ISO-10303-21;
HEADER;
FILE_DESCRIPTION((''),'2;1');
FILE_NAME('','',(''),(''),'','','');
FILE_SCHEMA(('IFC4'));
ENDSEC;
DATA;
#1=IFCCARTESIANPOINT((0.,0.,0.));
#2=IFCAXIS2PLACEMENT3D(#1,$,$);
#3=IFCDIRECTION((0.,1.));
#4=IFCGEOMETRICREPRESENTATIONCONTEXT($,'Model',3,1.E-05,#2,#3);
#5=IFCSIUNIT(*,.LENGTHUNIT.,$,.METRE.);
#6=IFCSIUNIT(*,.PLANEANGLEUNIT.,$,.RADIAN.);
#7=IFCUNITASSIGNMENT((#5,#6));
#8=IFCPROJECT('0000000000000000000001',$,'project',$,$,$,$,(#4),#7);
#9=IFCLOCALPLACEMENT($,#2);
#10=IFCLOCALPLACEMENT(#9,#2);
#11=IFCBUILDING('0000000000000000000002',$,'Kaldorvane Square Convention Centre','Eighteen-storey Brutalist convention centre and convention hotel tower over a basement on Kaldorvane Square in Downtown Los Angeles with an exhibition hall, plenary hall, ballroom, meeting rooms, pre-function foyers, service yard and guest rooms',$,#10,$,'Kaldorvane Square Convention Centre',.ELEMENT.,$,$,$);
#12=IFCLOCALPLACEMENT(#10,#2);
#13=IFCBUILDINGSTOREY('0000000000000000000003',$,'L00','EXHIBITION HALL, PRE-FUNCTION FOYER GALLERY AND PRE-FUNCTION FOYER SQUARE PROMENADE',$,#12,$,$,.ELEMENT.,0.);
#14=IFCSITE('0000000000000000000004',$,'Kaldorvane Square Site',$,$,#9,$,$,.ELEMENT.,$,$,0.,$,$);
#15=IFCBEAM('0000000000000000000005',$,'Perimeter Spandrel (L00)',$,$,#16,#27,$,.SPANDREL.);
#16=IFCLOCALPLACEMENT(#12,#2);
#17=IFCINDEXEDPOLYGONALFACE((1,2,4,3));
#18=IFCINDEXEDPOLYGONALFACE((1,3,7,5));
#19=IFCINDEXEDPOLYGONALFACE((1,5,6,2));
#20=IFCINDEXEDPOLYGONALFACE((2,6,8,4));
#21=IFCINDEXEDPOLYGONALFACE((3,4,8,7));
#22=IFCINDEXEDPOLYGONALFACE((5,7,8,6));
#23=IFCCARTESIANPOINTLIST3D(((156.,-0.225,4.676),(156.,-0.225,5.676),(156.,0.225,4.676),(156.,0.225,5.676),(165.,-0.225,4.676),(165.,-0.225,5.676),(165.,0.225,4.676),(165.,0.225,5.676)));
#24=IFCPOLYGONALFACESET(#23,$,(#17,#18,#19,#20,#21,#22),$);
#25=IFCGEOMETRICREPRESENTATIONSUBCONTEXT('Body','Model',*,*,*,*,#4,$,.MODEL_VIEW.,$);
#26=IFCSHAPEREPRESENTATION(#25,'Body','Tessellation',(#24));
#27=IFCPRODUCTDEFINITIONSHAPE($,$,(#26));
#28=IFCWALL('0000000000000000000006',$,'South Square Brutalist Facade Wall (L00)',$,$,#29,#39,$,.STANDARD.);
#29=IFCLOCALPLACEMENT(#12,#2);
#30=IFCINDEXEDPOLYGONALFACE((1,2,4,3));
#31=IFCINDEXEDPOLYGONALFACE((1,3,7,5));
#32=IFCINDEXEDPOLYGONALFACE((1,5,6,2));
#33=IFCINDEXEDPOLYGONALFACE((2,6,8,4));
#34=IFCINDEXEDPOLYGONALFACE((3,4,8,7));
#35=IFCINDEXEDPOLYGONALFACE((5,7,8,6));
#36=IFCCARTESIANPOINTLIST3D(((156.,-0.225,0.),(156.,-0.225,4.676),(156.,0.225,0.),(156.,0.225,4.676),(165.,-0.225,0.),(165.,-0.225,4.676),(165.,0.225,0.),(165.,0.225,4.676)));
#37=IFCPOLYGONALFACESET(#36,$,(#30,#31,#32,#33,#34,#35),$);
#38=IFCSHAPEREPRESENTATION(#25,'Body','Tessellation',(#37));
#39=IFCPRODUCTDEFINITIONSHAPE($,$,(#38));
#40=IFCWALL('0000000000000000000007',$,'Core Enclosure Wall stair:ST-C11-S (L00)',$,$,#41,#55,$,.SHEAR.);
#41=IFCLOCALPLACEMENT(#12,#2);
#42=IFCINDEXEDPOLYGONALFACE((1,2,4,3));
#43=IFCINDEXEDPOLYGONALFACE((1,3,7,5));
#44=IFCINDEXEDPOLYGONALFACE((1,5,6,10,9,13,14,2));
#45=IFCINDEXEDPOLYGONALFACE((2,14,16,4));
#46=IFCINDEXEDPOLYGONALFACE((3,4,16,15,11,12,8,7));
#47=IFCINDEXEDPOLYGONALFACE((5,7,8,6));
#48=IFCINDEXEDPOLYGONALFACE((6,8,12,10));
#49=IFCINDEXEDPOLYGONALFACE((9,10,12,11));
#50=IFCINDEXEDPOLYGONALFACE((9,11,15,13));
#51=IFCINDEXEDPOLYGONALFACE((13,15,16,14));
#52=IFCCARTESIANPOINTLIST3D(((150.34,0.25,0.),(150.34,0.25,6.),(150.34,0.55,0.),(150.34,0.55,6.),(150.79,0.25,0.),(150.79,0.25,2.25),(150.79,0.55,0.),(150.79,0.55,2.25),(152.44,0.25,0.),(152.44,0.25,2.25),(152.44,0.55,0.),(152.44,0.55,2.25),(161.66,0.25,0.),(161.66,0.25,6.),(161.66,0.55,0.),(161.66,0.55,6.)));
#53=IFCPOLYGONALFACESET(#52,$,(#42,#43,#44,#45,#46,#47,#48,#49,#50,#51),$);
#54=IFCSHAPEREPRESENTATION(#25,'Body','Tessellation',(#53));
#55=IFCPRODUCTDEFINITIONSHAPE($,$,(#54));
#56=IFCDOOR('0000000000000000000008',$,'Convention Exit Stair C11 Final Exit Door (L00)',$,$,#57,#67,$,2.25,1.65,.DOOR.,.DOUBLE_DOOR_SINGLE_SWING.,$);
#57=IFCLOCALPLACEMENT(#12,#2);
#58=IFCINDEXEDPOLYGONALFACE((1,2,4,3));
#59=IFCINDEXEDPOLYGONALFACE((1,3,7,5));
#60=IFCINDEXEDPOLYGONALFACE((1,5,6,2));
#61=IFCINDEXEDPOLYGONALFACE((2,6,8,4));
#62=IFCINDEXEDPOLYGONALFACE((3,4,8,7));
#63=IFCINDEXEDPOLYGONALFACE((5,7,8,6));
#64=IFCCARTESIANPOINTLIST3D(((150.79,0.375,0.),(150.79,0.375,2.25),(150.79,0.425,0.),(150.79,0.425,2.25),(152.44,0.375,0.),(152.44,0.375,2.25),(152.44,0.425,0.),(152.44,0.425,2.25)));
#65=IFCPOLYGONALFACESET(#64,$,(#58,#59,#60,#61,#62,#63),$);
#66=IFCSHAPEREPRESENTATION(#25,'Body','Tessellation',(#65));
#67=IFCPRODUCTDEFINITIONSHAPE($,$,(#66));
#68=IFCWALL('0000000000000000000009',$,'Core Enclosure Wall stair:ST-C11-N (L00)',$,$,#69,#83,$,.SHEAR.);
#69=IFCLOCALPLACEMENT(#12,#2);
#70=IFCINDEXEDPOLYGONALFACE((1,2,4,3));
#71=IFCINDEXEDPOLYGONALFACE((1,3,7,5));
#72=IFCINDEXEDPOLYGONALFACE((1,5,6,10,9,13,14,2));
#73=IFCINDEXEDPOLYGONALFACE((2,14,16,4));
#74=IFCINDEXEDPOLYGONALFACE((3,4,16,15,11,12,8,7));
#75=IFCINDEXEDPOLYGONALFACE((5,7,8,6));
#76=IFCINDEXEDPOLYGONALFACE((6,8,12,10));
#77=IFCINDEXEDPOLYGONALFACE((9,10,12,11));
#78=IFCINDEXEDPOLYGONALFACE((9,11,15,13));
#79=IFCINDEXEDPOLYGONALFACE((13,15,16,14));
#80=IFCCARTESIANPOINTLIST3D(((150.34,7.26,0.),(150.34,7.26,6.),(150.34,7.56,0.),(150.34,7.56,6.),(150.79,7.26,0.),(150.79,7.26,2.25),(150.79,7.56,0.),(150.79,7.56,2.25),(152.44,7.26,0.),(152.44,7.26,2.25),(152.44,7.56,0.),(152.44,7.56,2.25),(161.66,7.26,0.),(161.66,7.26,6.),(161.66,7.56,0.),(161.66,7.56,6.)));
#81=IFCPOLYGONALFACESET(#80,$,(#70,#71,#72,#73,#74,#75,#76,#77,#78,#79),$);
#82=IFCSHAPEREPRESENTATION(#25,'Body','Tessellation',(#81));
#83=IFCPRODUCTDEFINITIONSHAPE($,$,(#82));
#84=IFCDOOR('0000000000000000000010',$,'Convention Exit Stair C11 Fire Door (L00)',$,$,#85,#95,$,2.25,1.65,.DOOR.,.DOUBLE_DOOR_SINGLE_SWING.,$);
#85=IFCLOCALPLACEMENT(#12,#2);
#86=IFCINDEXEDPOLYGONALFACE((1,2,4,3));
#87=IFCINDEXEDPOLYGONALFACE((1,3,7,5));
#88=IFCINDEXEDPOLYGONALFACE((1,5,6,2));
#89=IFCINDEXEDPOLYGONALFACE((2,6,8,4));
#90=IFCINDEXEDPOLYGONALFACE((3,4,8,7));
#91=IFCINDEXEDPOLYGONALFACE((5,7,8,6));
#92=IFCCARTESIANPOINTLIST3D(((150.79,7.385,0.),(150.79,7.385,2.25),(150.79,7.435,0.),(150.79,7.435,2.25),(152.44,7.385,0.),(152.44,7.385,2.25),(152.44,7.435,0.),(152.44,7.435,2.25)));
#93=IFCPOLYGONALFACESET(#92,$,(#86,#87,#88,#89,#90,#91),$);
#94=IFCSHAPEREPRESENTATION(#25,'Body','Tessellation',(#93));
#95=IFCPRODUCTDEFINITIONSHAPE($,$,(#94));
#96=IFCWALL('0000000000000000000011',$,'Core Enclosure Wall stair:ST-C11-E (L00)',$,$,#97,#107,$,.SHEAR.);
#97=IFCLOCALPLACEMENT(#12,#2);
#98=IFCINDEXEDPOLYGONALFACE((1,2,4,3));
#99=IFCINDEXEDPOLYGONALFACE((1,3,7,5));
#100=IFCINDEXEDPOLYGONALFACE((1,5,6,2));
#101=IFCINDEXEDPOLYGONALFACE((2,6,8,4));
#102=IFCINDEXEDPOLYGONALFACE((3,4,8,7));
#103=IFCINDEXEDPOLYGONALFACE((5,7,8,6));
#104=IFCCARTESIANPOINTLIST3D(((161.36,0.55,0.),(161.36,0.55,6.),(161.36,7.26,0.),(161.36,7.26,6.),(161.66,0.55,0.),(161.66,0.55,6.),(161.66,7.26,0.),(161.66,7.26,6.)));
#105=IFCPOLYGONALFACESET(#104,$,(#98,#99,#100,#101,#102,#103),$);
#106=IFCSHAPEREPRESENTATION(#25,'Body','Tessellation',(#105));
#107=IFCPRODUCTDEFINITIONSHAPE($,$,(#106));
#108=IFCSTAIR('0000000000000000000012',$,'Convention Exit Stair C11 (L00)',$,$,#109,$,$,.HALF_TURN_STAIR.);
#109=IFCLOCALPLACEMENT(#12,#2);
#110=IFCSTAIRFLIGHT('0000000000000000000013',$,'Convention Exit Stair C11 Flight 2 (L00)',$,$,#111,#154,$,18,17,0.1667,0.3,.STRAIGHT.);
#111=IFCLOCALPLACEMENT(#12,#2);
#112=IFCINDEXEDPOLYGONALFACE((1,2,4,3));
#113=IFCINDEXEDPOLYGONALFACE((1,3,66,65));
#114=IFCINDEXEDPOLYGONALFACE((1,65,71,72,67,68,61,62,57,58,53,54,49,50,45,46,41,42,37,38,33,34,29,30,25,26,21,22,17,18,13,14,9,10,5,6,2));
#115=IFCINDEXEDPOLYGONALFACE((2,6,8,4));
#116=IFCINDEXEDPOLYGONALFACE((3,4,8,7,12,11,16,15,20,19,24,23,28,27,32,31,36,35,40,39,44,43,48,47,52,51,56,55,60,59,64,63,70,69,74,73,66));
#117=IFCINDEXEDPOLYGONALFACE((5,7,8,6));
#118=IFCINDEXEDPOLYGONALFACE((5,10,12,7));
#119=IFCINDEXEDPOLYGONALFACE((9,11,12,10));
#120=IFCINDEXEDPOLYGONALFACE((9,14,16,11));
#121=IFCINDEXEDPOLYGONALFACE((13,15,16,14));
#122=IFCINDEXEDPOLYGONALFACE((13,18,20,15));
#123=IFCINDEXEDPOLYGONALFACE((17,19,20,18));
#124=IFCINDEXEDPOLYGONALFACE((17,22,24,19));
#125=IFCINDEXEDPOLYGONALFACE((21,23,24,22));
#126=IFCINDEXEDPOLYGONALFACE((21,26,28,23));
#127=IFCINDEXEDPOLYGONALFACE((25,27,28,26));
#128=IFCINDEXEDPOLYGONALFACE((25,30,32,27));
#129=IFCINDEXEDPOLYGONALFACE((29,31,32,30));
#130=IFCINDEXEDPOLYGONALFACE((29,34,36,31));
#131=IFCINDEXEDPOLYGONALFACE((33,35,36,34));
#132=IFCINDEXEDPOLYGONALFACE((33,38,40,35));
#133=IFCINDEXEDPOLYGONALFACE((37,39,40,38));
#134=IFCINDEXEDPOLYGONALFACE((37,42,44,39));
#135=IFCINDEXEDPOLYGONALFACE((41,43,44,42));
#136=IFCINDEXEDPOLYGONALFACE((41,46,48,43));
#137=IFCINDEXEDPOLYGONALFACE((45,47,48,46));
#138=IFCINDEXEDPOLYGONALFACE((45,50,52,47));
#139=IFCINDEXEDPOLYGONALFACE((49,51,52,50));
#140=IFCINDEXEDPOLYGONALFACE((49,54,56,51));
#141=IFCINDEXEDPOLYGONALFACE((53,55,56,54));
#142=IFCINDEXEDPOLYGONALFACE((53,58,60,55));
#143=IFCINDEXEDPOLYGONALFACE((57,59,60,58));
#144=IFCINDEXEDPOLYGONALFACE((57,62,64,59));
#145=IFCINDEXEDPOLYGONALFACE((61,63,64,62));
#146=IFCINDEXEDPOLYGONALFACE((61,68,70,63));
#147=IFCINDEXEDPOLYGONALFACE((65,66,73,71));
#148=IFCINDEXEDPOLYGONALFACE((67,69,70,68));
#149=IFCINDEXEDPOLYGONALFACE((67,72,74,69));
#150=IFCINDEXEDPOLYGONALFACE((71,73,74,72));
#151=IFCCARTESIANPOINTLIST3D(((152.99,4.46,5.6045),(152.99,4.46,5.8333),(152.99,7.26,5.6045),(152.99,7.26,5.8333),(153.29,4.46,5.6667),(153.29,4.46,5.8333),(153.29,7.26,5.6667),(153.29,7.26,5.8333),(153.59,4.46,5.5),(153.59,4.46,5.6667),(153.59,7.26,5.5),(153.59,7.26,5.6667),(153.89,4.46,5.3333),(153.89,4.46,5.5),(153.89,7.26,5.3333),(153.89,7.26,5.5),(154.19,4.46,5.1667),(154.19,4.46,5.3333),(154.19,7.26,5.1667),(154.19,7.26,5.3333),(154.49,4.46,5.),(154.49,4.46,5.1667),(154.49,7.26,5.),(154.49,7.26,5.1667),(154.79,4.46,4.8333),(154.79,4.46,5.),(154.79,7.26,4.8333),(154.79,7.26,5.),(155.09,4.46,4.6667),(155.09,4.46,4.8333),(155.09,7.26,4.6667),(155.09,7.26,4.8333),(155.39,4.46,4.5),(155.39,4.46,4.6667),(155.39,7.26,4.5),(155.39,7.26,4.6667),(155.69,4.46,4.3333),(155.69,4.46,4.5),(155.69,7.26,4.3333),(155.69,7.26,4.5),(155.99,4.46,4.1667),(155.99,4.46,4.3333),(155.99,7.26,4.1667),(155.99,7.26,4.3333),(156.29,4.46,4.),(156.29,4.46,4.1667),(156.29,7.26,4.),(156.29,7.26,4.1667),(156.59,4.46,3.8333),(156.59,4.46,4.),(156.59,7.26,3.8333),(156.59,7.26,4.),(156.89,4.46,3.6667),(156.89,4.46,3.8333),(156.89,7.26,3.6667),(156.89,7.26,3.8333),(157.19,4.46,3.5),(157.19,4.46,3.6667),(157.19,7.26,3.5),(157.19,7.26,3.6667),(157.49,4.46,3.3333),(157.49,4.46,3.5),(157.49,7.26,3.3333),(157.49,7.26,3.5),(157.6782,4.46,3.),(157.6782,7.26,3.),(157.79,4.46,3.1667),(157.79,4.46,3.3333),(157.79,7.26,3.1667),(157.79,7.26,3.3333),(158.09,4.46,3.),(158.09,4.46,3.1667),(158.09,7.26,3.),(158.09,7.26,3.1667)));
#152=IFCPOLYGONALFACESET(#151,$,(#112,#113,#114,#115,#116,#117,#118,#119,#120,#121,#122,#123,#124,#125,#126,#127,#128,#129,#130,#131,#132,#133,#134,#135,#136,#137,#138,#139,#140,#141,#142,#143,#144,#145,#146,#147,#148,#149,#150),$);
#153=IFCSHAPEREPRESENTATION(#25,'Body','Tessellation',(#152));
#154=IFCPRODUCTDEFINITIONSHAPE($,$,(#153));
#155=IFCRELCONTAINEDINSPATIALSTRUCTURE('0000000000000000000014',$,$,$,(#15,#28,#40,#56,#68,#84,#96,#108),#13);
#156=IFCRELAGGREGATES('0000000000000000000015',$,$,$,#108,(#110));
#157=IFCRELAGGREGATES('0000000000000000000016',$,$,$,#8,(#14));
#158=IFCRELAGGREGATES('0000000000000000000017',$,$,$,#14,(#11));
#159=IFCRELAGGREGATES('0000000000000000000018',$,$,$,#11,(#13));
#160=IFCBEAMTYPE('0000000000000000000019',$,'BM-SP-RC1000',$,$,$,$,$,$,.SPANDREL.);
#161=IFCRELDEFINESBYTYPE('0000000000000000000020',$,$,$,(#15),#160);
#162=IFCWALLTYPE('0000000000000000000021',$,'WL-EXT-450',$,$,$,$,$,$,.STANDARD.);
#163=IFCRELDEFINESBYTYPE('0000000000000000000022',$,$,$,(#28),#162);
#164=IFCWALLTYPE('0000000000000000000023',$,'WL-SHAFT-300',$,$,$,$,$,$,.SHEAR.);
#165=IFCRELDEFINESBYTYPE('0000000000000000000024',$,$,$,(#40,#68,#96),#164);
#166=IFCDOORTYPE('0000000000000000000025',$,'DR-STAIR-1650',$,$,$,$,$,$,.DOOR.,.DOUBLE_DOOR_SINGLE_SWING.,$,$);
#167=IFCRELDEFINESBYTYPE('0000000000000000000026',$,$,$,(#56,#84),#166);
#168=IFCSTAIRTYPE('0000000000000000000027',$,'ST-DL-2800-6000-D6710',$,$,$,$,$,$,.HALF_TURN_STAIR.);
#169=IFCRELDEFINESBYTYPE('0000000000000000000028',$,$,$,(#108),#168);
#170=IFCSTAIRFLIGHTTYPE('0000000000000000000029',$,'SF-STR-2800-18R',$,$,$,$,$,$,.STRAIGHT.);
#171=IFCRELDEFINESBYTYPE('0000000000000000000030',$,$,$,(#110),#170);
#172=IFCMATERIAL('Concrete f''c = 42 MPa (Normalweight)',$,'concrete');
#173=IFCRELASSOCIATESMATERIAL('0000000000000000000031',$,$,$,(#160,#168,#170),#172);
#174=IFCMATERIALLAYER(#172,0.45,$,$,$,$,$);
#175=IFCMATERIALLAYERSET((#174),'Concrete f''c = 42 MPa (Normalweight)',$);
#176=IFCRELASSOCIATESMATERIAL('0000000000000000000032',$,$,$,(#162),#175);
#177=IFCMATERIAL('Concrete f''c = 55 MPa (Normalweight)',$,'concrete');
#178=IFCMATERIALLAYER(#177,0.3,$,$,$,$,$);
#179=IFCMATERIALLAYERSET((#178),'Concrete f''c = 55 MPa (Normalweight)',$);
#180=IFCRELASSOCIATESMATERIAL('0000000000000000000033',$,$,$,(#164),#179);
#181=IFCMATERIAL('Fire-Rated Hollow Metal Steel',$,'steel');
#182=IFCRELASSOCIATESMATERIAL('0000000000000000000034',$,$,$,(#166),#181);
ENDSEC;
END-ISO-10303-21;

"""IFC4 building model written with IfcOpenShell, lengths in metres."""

from ifc_helpers import new_model, si_unit, direction, frame, frame_2d, origin, origin_2d, place, context, subcontext, project, spatial, polyline, rectangle, outline, extrude, material, layer, layer_set, material_profile, profile_set, type_object, element, fill, aggregate, save


model = new_model("IFC4")

# Units and contexts
model_context = context("Model", 3, precision=1e-05, world=origin(), true_north=direction((0.0, 1.0)))
body_context = subcontext(model_context, "Body", "Model", "MODEL_VIEW")
ifc_project = project(units=[si_unit("LENGTHUNIT", "METRE"), si_unit("PLANEANGLEUNIT", "RADIAN")], contexts=[model_context])

# Site, building, storey
site_placement = place(None, origin())
site = spatial("IfcSite", under=ifc_project, at=site_placement, Name="Kaldorvane Square Site", CompositionType="ELEMENT", RefElevation=0.0)
building_placement = place(site_placement, origin())
building = spatial("IfcBuilding", under=site, at=building_placement, Name="Kaldorvane Square Convention Centre", Description="Eighteen-storey Brutalist convention centre and convention hotel tower over a basement on Kaldorvane Square in Downtown Los Angeles with an exhibition hall, plenary hall, ballroom, meeting rooms, pre-function foyers, service yard and guest rooms", LongName="Kaldorvane Square Convention Centre", CompositionType="ELEMENT")
storey_placement = place(building_placement, origin())
storey = spatial("IfcBuildingStorey", under=building, at=storey_placement, Name="L00", Description="EXHIBITION HALL, PRE-FUNCTION FOYER GALLERY AND PRE-FUNCTION FOYER SQUARE PROMENADE", CompositionType="ELEMENT", Elevation=0.0)

# Beam
ifc_material_1 = material(Name="Concrete f'c = 42 MPa (Normalweight)", Category="concrete")
ifc_material_profile_1 = material_profile(ifc_material_1, rectangle(XDim=0.45, YDim=1.0, at=origin_2d()), Name="RCSP1000X450")
ifc_profile_set_1 = profile_set([ifc_material_profile_1], Name="Concrete f'c = 42 MPa (Normalweight)")
beam_type_1 = type_object("IfcBeamType", Name="BM-SP-RC1000", PredefinedType="SPANDREL", material=ifc_profile_set_1)
beam_1_placement = place(storey_placement, frame((156.0, 0.0, 5.176), z_axis=(1.0, 0.0, 0.0), x_axis=(0.0, 1.0, 0.0)))
element("IfcBeam", 1, at=beam_1_placement, inside=storey, type_object=beam_type_1, Name="Perimeter Spandrel (L00)", PredefinedType="SPANDREL", context=body_context, shape_type="SweptSolid", body=[
    extrude(rectangle(XDim=0.45, YDim=1.0, at=origin_2d()), origin(), (0.0, 0.0, 1.0), 9.0),
])

# Wall
ifc_layer_1 = layer(ifc_material_1, 0.45)
ifc_layer_set_1 = layer_set([ifc_layer_1], Name="Concrete f'c = 42 MPa (Normalweight)")
wall_type_1 = type_object("IfcWallType", Name="WL-EXT-450", PredefinedType="STANDARD", material=ifc_layer_set_1)
wall_1_placement = place(storey_placement, frame((156.0, 0.0, 0.0), z_axis=(0.0, 0.0, 1.0), x_axis=(1.0, 0.0, 0.0)))
element("IfcWall", 2, at=wall_1_placement, inside=storey, type_object=wall_type_1, Name="South Square Brutalist Facade Wall (L00)", PredefinedType="STANDARD", context=body_context, shape_type="SweptSolid", body=[
    extrude(rectangle(XDim=9.0, YDim=0.45, at=frame_2d((4.5, 0.0))), origin(), (0.0, 0.0, 1.0), 4.676),
])

# Walls, openings, doors
ifc_material_2 = material(Name="Concrete f'c = 55 MPa (Normalweight)", Category="concrete")
ifc_layer_2 = layer(ifc_material_2, 0.3)
ifc_layer_set_2 = layer_set([ifc_layer_2], Name="Concrete f'c = 55 MPa (Normalweight)")
wall_type_2 = type_object("IfcWallType", Name="WL-SHAFT-300", PredefinedType="SHEAR", material=ifc_layer_set_2)
wall_2_placement = place(storey_placement, frame((161.66, 0.4, 0.0), z_axis=(0.0, 0.0, 1.0), x_axis=(-1.0, 0.0, 0.0)))
wall_2 = element("IfcWall", 3, at=wall_2_placement, inside=storey, type_object=wall_type_2, Name="Core Enclosure Wall stair:ST-C11-S (L00)", PredefinedType="SHEAR", context=body_context, shape_type="SweptSolid", body=[
    extrude(rectangle(XDim=11.32, YDim=0.3, at=frame_2d((5.66, 0.0))), origin(), (0.0, 0.0, 1.0), 6.0),
])
opening_1_placement = place(wall_2_placement, frame((9.22, 0.0, 0.0)))
opening_1 = element("IfcOpeningElement", 4, at=opening_1_placement, cuts=wall_2, PredefinedType="OPENING", context=body_context, shape_type="SweptSolid", body=[
    extrude(rectangle(XDim=1.65, YDim=2.25, at=frame_2d((0.825, 1.125))), frame((0.0, 0.165, 0.0), z_axis=(0.0, -1.0, 0.0), x_axis=(1.0, 0.0, 0.0)), (0.0, 0.0, 1.0), 0.33),
])
ifc_material_3 = material(Name="Fire-Rated Hollow Metal Steel", Category="steel")
door_type = type_object("IfcDoorType", Name="DR-STAIR-1650", OperationType="DOUBLE_DOOR_SINGLE_SWING", PredefinedType="DOOR", material=ifc_material_3)
door_1_placement = place(opening_1_placement, origin())
door_1 = element("IfcDoor", 5, at=door_1_placement, inside=storey, type_object=door_type, Name="Convention Exit Stair C11 Final Exit Door (L00)", OperationType="DOUBLE_DOOR_SINGLE_SWING", OverallHeight=2.25, OverallWidth=1.65, PredefinedType="DOOR", context=body_context, shape_type="SweptSolid", body=[
    extrude(rectangle(XDim=1.65, YDim=2.25, at=frame_2d((0.825, 1.125))), frame((0.0, 0.025, 0.0), z_axis=(0.0, -1.0, 0.0), x_axis=(1.0, 0.0, 0.0)), (0.0, 0.0, 1.0), 0.05),
])
fill(opening_1, door_1)
wall_3_placement = place(storey_placement, frame((161.66, 7.41, 0.0), z_axis=(0.0, 0.0, 1.0), x_axis=(-1.0, 0.0, 0.0)))
wall_3 = element("IfcWall", 6, at=wall_3_placement, inside=storey, type_object=wall_type_2, Name="Core Enclosure Wall stair:ST-C11-N (L00)", PredefinedType="SHEAR", context=body_context, shape_type="SweptSolid", body=[
    extrude(rectangle(XDim=11.32, YDim=0.3, at=frame_2d((5.66, 0.0))), origin(), (0.0, 0.0, 1.0), 6.0),
])
opening_2_placement = place(wall_3_placement, frame((9.22, 0.0, 0.0)))
opening_2 = element("IfcOpeningElement", 7, at=opening_2_placement, cuts=wall_3, PredefinedType="OPENING", context=body_context, shape_type="SweptSolid", body=[
    extrude(rectangle(XDim=1.65, YDim=2.25, at=frame_2d((0.825, 1.125))), frame((0.0, 0.165, 0.0), z_axis=(0.0, -1.0, 0.0), x_axis=(1.0, 0.0, 0.0)), (0.0, 0.0, 1.0), 0.33),
])
door_2_placement = place(opening_2_placement, origin())
door_2 = element("IfcDoor", 8, at=door_2_placement, inside=storey, type_object=door_type, Name="Convention Exit Stair C11 Fire Door (L00)", OperationType="DOUBLE_DOOR_SINGLE_SWING", OverallHeight=2.25, OverallWidth=1.65, PredefinedType="DOOR", context=body_context, shape_type="SweptSolid", body=[
    extrude(rectangle(XDim=1.65, YDim=2.25, at=frame_2d((0.825, 1.125))), frame((0.0, 0.025, 0.0), z_axis=(0.0, -1.0, 0.0), x_axis=(1.0, 0.0, 0.0)), (0.0, 0.0, 1.0), 0.05),
])
fill(opening_2, door_2)

# Wall
wall_4_placement = place(storey_placement, frame((161.51, 0.55, 0.0), z_axis=(0.0, 0.0, 1.0), x_axis=(0.0, 1.0, 0.0)))
element("IfcWall", 9, at=wall_4_placement, inside=storey, type_object=wall_type_2, Name="Core Enclosure Wall stair:ST-C11-E (L00)", PredefinedType="SHEAR", context=body_context, shape_type="SweptSolid", body=[
    extrude(rectangle(XDim=6.71, YDim=0.3, at=frame_2d((3.355, 0.0))), origin(), (0.0, 0.0, 1.0), 6.0),
])

# Stair, stair flight
stair_type = type_object("IfcStairType", Name="ST-DL-2800-6000-D6710", PredefinedType="HALF_TURN_STAIR", material=ifc_material_1)
stair_placement = place(storey_placement, origin())
stair = element("IfcStair", 10, at=stair_placement, inside=storey, type_object=stair_type, Name="Convention Exit Stair C11 (L00)", PredefinedType="HALF_TURN_STAIR")
stair_flight_type = type_object("IfcStairFlightType", Name="SF-STR-2800-18R", PredefinedType="STRAIGHT", material=ifc_material_1)
stair_flight_placement = place(storey_placement, frame((158.09, 5.86, 3.0), z_axis=(0.0, 0.0, 1.0), x_axis=(-1.0, 0.0, 0.0)))
stair_flight = element("IfcStairFlight", 11, at=stair_flight_placement, type_object=stair_flight_type, Name="Convention Exit Stair C11 Flight 2 (L00)", NumberOfRisers=18, NumberOfTreads=17, PredefinedType="STRAIGHT", RiserHeight=0.1667, TreadLength=0.3, context=body_context, shape_type="SweptSolid", body=[
    extrude(outline(polyline([(0.0, 0.0), (0.0, 0.1667), (0.3, 0.1667), (0.3, 0.3333), (0.6, 0.3333), (0.6, 0.5), (0.9, 0.5), (0.9, 0.6667), (1.2, 0.6667), (1.2, 0.8333), (1.5, 0.8333), (1.5, 1.0), (1.8, 1.0), (1.8, 1.1667), (2.1, 1.1667), (2.1, 1.3333), (2.4, 1.3333), (2.4, 1.5), (2.7, 1.5), (2.7, 1.6667), (3.0, 1.6667), (3.0, 1.8333), (3.3, 1.8333), (3.3, 2.0), (3.6, 2.0), (3.6, 2.1667), (3.9, 2.1667), (3.9, 2.3333), (4.2, 2.3333), (4.2, 2.5), (4.5, 2.5), (4.5, 2.6667), (4.8, 2.6667), (4.8, 2.8333), (5.1, 2.8333), (5.1, 3.0), (5.1, 2.6045), (0.4118, 0.0), (0.0, 0.0)])), frame((0.0, 1.4, 0.0), z_axis=(0.0, -1.0, 0.0), x_axis=(1.0, 0.0, 0.0)), (0.0, 0.0, 1.0), 2.8),
])
aggregate(stair, [stair_flight])

save(model, "model.ifc")
